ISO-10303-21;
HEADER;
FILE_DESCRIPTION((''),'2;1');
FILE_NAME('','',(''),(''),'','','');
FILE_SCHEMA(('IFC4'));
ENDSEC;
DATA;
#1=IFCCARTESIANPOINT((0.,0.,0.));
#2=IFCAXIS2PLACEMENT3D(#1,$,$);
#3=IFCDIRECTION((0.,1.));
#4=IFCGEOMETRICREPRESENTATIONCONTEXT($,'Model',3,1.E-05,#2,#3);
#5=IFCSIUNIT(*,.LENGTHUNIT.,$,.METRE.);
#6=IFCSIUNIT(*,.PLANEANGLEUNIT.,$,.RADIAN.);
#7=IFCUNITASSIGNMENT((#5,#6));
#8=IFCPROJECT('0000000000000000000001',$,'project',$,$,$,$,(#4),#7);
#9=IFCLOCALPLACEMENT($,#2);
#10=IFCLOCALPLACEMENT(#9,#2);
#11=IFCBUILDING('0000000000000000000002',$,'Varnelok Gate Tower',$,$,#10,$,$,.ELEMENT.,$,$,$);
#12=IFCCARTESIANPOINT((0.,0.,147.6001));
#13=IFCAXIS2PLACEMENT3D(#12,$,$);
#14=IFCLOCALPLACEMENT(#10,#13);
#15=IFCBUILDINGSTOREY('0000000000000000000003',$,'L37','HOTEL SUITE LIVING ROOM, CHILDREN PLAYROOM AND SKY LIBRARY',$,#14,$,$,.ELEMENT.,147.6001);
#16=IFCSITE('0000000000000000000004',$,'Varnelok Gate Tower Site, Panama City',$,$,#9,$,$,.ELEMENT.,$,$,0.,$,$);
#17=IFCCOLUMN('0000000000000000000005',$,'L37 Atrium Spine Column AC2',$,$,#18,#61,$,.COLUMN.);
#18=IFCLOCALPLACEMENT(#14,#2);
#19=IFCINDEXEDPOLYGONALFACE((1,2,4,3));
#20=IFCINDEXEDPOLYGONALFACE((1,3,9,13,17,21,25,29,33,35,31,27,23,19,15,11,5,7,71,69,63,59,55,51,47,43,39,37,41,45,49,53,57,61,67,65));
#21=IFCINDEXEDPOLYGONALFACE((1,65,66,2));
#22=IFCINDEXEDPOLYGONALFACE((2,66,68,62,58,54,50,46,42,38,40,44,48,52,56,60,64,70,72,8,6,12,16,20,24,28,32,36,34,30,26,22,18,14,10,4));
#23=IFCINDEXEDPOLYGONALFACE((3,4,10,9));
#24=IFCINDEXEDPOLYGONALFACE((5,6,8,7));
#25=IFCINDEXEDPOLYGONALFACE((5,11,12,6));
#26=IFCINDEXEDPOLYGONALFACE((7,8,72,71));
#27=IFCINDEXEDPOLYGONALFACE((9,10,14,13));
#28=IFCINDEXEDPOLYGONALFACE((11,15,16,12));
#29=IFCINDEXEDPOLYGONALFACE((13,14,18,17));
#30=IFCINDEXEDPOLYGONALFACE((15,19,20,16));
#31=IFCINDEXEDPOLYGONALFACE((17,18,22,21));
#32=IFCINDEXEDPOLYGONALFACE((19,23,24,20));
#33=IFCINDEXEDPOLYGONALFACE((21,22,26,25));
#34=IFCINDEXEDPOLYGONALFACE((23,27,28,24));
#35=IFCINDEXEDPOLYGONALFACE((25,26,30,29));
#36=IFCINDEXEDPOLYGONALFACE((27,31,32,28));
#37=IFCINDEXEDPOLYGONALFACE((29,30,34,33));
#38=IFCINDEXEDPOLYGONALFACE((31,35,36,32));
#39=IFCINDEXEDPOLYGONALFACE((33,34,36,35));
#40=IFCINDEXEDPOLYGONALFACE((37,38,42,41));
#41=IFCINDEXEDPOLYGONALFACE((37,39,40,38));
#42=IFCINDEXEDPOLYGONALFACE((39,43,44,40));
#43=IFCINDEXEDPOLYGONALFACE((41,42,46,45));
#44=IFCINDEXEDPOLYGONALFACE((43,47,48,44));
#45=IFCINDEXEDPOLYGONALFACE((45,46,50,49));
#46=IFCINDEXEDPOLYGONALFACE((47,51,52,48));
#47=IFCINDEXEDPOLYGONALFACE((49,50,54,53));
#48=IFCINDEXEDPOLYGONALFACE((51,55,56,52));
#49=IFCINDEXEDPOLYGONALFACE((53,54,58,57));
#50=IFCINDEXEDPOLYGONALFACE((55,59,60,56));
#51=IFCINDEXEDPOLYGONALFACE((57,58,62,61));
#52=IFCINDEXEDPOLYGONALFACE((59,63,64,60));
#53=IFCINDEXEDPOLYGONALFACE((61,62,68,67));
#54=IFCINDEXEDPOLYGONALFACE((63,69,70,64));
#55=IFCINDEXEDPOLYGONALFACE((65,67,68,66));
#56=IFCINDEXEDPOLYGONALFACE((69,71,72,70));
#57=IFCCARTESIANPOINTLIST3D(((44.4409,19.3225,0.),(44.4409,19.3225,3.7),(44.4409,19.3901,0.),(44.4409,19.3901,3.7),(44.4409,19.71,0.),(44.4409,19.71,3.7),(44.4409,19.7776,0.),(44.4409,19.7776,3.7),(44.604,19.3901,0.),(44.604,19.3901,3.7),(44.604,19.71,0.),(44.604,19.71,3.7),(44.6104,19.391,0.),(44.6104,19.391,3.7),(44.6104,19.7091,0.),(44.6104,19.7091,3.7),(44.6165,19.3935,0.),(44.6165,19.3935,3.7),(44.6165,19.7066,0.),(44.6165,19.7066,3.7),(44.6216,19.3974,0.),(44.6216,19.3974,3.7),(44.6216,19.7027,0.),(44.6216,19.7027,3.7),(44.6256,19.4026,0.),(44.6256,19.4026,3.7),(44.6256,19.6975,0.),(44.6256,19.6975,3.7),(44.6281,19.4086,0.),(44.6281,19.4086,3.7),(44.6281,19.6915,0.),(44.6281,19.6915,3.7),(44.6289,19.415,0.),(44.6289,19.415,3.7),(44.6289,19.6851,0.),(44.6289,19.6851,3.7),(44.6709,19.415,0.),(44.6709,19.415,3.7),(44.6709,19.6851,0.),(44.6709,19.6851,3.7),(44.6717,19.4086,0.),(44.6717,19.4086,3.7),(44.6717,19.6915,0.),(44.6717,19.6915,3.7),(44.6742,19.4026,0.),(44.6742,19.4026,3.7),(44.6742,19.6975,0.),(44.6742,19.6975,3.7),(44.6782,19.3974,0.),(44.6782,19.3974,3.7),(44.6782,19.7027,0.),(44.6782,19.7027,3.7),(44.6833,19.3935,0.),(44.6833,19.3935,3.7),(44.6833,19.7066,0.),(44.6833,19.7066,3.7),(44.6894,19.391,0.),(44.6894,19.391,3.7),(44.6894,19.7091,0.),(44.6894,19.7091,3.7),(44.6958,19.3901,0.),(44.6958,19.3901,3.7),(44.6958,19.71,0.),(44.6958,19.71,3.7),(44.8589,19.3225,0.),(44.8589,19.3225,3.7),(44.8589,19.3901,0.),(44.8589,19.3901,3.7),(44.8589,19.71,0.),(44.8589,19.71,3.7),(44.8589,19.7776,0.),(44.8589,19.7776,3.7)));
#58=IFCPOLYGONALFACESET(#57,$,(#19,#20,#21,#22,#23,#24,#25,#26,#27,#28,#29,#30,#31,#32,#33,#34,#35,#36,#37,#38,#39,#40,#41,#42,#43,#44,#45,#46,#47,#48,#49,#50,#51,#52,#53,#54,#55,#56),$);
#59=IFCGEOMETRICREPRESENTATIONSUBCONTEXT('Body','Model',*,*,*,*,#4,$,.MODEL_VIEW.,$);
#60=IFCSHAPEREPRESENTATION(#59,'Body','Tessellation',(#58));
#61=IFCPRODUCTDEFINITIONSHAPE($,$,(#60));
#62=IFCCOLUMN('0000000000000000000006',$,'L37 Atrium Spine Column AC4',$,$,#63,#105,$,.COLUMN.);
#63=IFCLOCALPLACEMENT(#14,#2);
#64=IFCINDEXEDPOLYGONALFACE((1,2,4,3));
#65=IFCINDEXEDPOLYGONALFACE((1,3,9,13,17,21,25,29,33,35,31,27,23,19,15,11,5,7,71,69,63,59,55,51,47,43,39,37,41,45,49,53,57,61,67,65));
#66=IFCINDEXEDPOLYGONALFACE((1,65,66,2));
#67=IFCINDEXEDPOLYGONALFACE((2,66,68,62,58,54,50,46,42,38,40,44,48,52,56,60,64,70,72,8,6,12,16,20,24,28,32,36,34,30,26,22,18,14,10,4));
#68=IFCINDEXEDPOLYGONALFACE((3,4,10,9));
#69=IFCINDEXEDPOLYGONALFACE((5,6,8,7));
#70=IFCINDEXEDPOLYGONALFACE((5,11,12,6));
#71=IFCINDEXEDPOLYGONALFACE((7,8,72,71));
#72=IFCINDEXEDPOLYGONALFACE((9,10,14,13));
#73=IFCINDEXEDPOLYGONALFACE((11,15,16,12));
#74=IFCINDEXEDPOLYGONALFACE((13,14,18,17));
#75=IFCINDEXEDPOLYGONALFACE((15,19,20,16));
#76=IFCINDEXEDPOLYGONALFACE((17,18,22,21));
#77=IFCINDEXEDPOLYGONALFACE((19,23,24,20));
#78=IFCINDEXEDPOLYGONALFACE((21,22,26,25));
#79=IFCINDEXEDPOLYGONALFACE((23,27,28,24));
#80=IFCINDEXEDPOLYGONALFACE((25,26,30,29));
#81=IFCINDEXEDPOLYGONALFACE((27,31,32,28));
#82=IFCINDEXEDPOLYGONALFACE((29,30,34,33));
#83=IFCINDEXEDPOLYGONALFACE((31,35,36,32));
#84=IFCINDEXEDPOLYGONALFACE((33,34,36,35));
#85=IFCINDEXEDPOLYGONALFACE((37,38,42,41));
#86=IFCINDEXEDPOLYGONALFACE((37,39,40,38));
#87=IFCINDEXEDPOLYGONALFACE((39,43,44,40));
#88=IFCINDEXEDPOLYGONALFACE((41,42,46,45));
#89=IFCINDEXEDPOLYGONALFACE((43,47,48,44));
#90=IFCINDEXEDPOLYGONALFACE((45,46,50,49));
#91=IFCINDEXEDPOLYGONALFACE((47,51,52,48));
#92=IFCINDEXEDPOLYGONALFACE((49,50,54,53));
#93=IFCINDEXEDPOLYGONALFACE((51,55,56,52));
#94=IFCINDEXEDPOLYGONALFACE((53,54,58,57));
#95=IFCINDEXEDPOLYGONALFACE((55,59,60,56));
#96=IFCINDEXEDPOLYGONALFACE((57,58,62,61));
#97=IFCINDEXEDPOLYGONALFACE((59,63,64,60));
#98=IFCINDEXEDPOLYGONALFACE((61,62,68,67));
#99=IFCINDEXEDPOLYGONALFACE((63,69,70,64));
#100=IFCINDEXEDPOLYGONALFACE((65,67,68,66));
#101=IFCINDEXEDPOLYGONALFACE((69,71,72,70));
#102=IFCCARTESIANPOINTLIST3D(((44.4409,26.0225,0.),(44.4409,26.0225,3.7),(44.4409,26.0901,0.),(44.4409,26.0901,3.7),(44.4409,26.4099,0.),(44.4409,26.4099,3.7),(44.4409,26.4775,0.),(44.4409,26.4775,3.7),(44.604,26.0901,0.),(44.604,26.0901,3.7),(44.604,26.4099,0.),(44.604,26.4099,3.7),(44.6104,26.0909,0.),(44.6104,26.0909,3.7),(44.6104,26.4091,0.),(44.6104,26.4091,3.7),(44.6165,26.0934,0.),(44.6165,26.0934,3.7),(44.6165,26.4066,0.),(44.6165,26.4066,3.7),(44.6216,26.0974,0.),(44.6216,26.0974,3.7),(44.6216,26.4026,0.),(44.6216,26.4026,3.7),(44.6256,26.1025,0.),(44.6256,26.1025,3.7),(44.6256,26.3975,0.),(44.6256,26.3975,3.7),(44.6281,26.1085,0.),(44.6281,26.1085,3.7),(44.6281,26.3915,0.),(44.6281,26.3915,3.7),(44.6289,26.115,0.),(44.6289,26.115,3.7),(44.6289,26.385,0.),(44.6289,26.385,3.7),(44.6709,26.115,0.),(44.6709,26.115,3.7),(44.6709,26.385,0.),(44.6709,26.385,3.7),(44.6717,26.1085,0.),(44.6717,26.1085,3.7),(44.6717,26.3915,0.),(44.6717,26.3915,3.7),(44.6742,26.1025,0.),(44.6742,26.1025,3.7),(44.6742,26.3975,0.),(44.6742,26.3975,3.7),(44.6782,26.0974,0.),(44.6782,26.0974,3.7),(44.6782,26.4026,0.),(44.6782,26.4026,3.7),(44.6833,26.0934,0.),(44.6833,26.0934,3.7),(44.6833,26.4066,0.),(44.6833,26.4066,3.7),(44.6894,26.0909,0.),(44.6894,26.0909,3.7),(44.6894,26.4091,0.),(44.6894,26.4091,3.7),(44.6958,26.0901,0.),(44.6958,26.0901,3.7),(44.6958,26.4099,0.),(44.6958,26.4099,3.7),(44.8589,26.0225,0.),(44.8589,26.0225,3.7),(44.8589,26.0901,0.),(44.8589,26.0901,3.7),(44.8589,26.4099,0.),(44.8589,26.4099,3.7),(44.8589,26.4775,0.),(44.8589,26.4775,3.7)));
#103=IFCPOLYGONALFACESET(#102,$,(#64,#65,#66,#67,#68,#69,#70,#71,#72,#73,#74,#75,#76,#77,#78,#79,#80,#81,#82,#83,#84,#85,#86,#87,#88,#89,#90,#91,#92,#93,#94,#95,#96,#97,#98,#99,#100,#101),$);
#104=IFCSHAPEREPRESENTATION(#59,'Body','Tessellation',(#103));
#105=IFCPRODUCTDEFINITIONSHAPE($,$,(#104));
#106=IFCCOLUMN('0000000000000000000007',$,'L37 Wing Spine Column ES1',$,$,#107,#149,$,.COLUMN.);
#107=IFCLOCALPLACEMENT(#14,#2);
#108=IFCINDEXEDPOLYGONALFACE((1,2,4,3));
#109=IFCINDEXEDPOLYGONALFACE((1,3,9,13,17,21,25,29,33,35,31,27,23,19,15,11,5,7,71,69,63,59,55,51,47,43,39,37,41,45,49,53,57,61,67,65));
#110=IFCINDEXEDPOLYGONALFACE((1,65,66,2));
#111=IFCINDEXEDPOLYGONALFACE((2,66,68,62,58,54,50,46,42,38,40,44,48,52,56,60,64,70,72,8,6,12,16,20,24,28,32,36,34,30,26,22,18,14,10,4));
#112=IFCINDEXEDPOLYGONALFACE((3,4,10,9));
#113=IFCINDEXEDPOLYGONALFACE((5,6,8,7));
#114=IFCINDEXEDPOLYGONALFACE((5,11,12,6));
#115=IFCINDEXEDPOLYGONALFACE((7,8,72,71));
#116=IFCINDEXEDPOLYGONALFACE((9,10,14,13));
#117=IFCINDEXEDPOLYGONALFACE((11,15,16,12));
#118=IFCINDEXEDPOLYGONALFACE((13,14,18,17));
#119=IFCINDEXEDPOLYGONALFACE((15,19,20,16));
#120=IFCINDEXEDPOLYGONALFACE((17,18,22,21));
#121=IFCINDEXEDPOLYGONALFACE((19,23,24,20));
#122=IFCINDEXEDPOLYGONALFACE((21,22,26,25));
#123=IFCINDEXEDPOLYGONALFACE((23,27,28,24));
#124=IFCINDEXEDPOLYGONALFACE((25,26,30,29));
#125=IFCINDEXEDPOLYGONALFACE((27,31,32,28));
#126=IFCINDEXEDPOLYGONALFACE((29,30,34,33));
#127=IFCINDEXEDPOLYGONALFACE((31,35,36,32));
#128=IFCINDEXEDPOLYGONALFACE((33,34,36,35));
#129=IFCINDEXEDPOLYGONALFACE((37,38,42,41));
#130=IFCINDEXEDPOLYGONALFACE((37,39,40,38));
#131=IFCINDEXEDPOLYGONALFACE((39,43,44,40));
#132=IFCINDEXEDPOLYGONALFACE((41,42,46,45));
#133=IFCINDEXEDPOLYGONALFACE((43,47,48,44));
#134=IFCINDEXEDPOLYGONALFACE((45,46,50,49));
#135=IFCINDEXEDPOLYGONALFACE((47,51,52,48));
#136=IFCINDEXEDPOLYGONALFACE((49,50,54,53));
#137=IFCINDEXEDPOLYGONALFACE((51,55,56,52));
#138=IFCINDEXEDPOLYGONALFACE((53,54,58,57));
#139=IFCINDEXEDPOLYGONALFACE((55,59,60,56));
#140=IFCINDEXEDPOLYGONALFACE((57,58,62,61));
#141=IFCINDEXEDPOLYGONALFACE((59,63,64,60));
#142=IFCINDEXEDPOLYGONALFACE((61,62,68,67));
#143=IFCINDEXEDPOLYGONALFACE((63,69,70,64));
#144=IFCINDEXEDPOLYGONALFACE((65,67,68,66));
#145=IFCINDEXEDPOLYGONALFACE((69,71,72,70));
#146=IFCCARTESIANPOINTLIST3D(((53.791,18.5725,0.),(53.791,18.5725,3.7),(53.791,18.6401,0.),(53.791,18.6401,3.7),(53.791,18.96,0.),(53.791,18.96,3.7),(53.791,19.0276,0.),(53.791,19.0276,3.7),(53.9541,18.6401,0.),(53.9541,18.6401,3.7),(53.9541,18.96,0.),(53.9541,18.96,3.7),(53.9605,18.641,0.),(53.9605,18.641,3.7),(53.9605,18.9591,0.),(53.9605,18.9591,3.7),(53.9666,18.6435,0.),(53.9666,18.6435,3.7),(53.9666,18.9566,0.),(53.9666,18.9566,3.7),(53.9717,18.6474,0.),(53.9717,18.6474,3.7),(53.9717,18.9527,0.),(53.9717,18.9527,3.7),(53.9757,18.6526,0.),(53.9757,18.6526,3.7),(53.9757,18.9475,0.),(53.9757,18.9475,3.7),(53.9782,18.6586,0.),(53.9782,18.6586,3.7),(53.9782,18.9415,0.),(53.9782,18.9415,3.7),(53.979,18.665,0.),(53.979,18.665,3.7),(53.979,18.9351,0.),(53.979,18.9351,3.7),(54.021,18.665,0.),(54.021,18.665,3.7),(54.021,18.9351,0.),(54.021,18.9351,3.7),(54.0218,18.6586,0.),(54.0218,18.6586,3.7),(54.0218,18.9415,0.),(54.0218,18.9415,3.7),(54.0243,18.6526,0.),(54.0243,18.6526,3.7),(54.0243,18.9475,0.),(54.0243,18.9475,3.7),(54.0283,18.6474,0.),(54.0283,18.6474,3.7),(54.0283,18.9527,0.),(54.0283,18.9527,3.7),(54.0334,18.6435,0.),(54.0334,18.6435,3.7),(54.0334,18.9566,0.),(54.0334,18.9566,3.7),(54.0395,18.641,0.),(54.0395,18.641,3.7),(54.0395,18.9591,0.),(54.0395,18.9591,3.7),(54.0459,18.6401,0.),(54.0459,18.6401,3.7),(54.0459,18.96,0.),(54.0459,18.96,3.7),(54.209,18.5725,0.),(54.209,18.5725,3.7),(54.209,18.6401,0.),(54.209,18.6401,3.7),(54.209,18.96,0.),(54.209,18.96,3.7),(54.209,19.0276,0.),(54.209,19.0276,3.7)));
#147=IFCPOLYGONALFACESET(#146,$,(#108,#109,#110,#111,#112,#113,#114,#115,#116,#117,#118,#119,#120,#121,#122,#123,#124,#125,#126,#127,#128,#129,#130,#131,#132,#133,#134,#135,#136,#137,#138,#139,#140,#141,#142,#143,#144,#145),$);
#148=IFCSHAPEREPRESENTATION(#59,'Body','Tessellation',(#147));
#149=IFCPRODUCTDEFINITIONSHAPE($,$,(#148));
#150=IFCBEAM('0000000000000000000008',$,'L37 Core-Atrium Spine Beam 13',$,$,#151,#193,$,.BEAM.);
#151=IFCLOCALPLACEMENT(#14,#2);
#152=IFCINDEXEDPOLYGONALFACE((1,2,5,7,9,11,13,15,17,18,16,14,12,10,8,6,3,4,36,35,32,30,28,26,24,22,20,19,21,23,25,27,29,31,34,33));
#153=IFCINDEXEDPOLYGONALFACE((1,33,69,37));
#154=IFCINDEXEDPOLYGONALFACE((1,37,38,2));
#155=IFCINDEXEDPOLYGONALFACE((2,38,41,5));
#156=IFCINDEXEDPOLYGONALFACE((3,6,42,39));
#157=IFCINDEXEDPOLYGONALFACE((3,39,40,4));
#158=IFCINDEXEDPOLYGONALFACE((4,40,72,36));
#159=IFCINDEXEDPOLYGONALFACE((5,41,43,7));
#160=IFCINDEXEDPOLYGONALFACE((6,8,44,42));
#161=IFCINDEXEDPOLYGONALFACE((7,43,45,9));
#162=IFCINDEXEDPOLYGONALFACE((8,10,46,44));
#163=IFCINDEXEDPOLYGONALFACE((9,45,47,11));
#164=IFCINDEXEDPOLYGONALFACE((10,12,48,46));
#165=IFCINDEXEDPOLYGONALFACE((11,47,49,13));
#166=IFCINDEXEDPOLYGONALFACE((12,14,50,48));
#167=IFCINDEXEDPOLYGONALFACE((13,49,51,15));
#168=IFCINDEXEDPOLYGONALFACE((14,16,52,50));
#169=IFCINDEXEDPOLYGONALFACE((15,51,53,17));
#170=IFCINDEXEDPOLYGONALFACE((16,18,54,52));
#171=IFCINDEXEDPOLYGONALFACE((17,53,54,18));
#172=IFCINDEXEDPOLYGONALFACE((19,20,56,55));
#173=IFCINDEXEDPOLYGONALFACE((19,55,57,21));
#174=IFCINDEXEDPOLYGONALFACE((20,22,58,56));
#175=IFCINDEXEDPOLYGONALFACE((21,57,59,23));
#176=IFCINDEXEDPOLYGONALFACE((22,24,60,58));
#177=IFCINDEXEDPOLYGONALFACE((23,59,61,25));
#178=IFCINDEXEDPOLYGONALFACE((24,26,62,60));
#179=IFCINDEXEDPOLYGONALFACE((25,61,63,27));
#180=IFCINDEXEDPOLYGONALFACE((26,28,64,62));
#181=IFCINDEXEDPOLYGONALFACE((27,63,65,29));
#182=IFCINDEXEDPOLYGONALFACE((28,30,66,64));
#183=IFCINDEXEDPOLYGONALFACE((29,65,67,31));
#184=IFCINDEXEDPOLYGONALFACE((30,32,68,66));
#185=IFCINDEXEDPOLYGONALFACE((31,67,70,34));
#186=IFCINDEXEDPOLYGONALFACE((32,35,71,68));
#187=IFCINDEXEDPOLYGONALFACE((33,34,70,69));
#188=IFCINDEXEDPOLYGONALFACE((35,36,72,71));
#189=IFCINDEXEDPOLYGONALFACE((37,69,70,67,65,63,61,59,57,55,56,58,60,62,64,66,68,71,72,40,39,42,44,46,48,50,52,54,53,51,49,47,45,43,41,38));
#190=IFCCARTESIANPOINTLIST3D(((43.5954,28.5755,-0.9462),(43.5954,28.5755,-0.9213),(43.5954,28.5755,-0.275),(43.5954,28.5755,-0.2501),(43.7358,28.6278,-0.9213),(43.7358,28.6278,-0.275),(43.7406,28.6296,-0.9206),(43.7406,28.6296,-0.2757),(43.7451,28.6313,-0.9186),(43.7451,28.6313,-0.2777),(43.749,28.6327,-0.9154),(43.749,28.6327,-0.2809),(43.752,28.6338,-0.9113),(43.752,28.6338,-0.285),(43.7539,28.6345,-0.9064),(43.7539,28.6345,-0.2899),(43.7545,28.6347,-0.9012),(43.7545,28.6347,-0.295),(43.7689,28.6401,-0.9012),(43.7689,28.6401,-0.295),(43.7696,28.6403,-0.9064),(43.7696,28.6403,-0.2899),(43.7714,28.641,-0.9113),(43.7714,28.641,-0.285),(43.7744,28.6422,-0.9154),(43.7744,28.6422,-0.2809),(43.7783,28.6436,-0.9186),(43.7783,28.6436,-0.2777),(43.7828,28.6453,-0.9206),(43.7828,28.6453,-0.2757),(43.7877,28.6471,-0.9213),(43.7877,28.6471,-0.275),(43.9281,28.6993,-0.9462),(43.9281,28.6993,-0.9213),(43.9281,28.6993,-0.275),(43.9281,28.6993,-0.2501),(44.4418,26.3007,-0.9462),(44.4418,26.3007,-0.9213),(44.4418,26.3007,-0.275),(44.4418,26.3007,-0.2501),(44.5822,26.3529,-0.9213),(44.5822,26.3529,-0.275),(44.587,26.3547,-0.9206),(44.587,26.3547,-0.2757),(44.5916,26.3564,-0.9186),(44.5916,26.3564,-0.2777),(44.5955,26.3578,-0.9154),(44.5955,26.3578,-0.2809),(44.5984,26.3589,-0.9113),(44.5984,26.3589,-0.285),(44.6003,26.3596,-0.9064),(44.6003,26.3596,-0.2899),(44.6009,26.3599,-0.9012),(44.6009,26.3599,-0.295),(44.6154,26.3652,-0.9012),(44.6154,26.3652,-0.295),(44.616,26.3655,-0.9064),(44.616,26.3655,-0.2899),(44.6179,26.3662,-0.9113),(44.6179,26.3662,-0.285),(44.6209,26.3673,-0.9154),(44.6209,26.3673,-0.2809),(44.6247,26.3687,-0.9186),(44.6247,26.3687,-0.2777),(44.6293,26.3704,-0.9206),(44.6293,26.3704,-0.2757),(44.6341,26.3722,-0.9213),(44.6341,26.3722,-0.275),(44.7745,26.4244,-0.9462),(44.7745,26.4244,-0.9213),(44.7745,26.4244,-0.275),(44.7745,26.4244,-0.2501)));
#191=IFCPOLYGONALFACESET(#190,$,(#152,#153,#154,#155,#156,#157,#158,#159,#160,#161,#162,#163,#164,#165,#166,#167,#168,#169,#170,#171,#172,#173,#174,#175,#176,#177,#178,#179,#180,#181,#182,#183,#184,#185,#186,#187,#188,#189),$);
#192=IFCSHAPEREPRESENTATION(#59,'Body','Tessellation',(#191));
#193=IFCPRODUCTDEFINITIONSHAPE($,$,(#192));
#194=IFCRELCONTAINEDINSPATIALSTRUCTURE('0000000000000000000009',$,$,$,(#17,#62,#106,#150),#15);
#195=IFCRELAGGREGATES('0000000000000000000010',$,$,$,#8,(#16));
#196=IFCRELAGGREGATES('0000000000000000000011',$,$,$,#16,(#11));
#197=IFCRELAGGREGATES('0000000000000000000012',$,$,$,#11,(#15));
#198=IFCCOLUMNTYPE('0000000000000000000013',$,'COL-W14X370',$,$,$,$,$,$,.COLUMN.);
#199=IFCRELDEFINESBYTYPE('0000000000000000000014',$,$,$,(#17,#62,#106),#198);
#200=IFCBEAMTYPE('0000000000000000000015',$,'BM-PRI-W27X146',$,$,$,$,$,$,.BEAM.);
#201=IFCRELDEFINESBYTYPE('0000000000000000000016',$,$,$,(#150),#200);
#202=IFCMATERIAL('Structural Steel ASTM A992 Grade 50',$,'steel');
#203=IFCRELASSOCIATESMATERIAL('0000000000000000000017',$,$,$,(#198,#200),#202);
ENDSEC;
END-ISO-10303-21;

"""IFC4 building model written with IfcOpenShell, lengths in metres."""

from ifc_helpers import new_model, si_unit, direction, frame, origin, origin_2d, place, context, subcontext, project, spatial, i_section, extrude, material, material_profile, profile_set, type_object, element, save


model = new_model("IFC4")

# Units and contexts
model_context = context("Model", 3, precision=1e-05, world=origin(), true_north=direction((0.0, 1.0)))
body_context = subcontext(model_context, "Body", "Model", "MODEL_VIEW")
ifc_project = project(units=[si_unit("LENGTHUNIT", "METRE"), si_unit("PLANEANGLEUNIT", "RADIAN")], contexts=[model_context])

# Site, building, storey
site_placement = place(None, origin())
site = spatial("IfcSite", under=ifc_project, at=site_placement, Name="Varnelok Gate Tower Site, Panama City", CompositionType="ELEMENT", RefElevation=0.0)
building_placement = place(site_placement, origin())
building = spatial("IfcBuilding", under=site, at=building_placement, Name="Varnelok Gate Tower", CompositionType="ELEMENT")
storey_placement = place(building_placement, frame((0.0, 0.0, 147.6001)))
storey = spatial("IfcBuildingStorey", under=building, at=storey_placement, Name="L37", Description="HOTEL SUITE LIVING ROOM, CHILDREN PLAYROOM AND SKY LIBRARY", CompositionType="ELEMENT", Elevation=147.6001)

# Columns
ifc_material_1 = material(Name="Structural Steel ASTM A992 Grade 50", Category="steel")
ifc_material_profile_1 = material_profile(ifc_material_1, i_section(OverallWidth=0.418, OverallDepth=0.4551, WebThickness=0.042, FlangeThickness=0.0676, FilletRadius=0.0249, at=origin_2d()), Name="W14X370")
ifc_profile_set_1 = profile_set([ifc_material_profile_1], Name="Structural Steel ASTM A992 Grade 50")
column_type = type_object("IfcColumnType", Name="COL-W14X370", PredefinedType="COLUMN", material=ifc_profile_set_1)
for number, where, z_axis, x_axis, name in (
    (1, (44.6499, 19.55, 0.0), (0.0, 0.0, 1.0), (1.0, 0.0, 0.0), "L37 Atrium Spine Column AC2"),
    (2, (44.6499, 26.25, 0.0), (0.0, 0.0, 1.0), (1.0, 0.0, 0.0), "L37 Atrium Spine Column AC4"),
    (3, (54.0, 18.8, 0.0), (0.0, 0.0, 1.0), (1.0, 0.0, 0.0), "L37 Wing Spine Column ES1"),
):
    element("IfcColumn", number, at=place(storey_placement, frame(where, z_axis=z_axis, x_axis=x_axis)), inside=storey, type_object=column_type, Name=name, PredefinedType="COLUMN", context=body_context, shape_type="SweptSolid", body=[
        extrude(i_section(OverallWidth=0.418, OverallDepth=0.4551, WebThickness=0.042, FlangeThickness=0.0676, FilletRadius=0.0249, at=origin_2d()), origin(), (0.0, 0.0, 1.0), 3.7),
    ])

# Beam
ifc_material_profile_2 = material_profile(ifc_material_1, i_section(OverallWidth=0.355, OverallDepth=0.696, WebThickness=0.0154, FlangeThickness=0.0249, FilletRadius=0.02, at=origin_2d()), Name="W27X146")
ifc_profile_set_2 = profile_set([ifc_material_profile_2], Name="Structural Steel ASTM A992 Grade 50")
beam_type_1 = type_object("IfcBeamType", Name="BM-PRI-W27X146", PredefinedType="BEAM", material=ifc_profile_set_2)
beam_1_placement = place(storey_placement, frame((44.6082, 26.3625, -0.5981), z_axis=(-0.348719, 0.937227, 0.0), x_axis=(-0.937227, -0.348719, 0.0)))
element("IfcBeam", 4, at=beam_1_placement, inside=storey, type_object=beam_type_1, Name="L37 Core-Atrium Spine Beam 13", PredefinedType="BEAM", context=body_context, shape_type="SweptSolid", body=[
    extrude(i_section(OverallWidth=0.355, OverallDepth=0.696, WebThickness=0.0154, FlangeThickness=0.0249, FilletRadius=0.02, at=origin_2d()), origin(), (0.0, 0.0, 1.0), 2.4272),
])

save(model, "model.ifc")
